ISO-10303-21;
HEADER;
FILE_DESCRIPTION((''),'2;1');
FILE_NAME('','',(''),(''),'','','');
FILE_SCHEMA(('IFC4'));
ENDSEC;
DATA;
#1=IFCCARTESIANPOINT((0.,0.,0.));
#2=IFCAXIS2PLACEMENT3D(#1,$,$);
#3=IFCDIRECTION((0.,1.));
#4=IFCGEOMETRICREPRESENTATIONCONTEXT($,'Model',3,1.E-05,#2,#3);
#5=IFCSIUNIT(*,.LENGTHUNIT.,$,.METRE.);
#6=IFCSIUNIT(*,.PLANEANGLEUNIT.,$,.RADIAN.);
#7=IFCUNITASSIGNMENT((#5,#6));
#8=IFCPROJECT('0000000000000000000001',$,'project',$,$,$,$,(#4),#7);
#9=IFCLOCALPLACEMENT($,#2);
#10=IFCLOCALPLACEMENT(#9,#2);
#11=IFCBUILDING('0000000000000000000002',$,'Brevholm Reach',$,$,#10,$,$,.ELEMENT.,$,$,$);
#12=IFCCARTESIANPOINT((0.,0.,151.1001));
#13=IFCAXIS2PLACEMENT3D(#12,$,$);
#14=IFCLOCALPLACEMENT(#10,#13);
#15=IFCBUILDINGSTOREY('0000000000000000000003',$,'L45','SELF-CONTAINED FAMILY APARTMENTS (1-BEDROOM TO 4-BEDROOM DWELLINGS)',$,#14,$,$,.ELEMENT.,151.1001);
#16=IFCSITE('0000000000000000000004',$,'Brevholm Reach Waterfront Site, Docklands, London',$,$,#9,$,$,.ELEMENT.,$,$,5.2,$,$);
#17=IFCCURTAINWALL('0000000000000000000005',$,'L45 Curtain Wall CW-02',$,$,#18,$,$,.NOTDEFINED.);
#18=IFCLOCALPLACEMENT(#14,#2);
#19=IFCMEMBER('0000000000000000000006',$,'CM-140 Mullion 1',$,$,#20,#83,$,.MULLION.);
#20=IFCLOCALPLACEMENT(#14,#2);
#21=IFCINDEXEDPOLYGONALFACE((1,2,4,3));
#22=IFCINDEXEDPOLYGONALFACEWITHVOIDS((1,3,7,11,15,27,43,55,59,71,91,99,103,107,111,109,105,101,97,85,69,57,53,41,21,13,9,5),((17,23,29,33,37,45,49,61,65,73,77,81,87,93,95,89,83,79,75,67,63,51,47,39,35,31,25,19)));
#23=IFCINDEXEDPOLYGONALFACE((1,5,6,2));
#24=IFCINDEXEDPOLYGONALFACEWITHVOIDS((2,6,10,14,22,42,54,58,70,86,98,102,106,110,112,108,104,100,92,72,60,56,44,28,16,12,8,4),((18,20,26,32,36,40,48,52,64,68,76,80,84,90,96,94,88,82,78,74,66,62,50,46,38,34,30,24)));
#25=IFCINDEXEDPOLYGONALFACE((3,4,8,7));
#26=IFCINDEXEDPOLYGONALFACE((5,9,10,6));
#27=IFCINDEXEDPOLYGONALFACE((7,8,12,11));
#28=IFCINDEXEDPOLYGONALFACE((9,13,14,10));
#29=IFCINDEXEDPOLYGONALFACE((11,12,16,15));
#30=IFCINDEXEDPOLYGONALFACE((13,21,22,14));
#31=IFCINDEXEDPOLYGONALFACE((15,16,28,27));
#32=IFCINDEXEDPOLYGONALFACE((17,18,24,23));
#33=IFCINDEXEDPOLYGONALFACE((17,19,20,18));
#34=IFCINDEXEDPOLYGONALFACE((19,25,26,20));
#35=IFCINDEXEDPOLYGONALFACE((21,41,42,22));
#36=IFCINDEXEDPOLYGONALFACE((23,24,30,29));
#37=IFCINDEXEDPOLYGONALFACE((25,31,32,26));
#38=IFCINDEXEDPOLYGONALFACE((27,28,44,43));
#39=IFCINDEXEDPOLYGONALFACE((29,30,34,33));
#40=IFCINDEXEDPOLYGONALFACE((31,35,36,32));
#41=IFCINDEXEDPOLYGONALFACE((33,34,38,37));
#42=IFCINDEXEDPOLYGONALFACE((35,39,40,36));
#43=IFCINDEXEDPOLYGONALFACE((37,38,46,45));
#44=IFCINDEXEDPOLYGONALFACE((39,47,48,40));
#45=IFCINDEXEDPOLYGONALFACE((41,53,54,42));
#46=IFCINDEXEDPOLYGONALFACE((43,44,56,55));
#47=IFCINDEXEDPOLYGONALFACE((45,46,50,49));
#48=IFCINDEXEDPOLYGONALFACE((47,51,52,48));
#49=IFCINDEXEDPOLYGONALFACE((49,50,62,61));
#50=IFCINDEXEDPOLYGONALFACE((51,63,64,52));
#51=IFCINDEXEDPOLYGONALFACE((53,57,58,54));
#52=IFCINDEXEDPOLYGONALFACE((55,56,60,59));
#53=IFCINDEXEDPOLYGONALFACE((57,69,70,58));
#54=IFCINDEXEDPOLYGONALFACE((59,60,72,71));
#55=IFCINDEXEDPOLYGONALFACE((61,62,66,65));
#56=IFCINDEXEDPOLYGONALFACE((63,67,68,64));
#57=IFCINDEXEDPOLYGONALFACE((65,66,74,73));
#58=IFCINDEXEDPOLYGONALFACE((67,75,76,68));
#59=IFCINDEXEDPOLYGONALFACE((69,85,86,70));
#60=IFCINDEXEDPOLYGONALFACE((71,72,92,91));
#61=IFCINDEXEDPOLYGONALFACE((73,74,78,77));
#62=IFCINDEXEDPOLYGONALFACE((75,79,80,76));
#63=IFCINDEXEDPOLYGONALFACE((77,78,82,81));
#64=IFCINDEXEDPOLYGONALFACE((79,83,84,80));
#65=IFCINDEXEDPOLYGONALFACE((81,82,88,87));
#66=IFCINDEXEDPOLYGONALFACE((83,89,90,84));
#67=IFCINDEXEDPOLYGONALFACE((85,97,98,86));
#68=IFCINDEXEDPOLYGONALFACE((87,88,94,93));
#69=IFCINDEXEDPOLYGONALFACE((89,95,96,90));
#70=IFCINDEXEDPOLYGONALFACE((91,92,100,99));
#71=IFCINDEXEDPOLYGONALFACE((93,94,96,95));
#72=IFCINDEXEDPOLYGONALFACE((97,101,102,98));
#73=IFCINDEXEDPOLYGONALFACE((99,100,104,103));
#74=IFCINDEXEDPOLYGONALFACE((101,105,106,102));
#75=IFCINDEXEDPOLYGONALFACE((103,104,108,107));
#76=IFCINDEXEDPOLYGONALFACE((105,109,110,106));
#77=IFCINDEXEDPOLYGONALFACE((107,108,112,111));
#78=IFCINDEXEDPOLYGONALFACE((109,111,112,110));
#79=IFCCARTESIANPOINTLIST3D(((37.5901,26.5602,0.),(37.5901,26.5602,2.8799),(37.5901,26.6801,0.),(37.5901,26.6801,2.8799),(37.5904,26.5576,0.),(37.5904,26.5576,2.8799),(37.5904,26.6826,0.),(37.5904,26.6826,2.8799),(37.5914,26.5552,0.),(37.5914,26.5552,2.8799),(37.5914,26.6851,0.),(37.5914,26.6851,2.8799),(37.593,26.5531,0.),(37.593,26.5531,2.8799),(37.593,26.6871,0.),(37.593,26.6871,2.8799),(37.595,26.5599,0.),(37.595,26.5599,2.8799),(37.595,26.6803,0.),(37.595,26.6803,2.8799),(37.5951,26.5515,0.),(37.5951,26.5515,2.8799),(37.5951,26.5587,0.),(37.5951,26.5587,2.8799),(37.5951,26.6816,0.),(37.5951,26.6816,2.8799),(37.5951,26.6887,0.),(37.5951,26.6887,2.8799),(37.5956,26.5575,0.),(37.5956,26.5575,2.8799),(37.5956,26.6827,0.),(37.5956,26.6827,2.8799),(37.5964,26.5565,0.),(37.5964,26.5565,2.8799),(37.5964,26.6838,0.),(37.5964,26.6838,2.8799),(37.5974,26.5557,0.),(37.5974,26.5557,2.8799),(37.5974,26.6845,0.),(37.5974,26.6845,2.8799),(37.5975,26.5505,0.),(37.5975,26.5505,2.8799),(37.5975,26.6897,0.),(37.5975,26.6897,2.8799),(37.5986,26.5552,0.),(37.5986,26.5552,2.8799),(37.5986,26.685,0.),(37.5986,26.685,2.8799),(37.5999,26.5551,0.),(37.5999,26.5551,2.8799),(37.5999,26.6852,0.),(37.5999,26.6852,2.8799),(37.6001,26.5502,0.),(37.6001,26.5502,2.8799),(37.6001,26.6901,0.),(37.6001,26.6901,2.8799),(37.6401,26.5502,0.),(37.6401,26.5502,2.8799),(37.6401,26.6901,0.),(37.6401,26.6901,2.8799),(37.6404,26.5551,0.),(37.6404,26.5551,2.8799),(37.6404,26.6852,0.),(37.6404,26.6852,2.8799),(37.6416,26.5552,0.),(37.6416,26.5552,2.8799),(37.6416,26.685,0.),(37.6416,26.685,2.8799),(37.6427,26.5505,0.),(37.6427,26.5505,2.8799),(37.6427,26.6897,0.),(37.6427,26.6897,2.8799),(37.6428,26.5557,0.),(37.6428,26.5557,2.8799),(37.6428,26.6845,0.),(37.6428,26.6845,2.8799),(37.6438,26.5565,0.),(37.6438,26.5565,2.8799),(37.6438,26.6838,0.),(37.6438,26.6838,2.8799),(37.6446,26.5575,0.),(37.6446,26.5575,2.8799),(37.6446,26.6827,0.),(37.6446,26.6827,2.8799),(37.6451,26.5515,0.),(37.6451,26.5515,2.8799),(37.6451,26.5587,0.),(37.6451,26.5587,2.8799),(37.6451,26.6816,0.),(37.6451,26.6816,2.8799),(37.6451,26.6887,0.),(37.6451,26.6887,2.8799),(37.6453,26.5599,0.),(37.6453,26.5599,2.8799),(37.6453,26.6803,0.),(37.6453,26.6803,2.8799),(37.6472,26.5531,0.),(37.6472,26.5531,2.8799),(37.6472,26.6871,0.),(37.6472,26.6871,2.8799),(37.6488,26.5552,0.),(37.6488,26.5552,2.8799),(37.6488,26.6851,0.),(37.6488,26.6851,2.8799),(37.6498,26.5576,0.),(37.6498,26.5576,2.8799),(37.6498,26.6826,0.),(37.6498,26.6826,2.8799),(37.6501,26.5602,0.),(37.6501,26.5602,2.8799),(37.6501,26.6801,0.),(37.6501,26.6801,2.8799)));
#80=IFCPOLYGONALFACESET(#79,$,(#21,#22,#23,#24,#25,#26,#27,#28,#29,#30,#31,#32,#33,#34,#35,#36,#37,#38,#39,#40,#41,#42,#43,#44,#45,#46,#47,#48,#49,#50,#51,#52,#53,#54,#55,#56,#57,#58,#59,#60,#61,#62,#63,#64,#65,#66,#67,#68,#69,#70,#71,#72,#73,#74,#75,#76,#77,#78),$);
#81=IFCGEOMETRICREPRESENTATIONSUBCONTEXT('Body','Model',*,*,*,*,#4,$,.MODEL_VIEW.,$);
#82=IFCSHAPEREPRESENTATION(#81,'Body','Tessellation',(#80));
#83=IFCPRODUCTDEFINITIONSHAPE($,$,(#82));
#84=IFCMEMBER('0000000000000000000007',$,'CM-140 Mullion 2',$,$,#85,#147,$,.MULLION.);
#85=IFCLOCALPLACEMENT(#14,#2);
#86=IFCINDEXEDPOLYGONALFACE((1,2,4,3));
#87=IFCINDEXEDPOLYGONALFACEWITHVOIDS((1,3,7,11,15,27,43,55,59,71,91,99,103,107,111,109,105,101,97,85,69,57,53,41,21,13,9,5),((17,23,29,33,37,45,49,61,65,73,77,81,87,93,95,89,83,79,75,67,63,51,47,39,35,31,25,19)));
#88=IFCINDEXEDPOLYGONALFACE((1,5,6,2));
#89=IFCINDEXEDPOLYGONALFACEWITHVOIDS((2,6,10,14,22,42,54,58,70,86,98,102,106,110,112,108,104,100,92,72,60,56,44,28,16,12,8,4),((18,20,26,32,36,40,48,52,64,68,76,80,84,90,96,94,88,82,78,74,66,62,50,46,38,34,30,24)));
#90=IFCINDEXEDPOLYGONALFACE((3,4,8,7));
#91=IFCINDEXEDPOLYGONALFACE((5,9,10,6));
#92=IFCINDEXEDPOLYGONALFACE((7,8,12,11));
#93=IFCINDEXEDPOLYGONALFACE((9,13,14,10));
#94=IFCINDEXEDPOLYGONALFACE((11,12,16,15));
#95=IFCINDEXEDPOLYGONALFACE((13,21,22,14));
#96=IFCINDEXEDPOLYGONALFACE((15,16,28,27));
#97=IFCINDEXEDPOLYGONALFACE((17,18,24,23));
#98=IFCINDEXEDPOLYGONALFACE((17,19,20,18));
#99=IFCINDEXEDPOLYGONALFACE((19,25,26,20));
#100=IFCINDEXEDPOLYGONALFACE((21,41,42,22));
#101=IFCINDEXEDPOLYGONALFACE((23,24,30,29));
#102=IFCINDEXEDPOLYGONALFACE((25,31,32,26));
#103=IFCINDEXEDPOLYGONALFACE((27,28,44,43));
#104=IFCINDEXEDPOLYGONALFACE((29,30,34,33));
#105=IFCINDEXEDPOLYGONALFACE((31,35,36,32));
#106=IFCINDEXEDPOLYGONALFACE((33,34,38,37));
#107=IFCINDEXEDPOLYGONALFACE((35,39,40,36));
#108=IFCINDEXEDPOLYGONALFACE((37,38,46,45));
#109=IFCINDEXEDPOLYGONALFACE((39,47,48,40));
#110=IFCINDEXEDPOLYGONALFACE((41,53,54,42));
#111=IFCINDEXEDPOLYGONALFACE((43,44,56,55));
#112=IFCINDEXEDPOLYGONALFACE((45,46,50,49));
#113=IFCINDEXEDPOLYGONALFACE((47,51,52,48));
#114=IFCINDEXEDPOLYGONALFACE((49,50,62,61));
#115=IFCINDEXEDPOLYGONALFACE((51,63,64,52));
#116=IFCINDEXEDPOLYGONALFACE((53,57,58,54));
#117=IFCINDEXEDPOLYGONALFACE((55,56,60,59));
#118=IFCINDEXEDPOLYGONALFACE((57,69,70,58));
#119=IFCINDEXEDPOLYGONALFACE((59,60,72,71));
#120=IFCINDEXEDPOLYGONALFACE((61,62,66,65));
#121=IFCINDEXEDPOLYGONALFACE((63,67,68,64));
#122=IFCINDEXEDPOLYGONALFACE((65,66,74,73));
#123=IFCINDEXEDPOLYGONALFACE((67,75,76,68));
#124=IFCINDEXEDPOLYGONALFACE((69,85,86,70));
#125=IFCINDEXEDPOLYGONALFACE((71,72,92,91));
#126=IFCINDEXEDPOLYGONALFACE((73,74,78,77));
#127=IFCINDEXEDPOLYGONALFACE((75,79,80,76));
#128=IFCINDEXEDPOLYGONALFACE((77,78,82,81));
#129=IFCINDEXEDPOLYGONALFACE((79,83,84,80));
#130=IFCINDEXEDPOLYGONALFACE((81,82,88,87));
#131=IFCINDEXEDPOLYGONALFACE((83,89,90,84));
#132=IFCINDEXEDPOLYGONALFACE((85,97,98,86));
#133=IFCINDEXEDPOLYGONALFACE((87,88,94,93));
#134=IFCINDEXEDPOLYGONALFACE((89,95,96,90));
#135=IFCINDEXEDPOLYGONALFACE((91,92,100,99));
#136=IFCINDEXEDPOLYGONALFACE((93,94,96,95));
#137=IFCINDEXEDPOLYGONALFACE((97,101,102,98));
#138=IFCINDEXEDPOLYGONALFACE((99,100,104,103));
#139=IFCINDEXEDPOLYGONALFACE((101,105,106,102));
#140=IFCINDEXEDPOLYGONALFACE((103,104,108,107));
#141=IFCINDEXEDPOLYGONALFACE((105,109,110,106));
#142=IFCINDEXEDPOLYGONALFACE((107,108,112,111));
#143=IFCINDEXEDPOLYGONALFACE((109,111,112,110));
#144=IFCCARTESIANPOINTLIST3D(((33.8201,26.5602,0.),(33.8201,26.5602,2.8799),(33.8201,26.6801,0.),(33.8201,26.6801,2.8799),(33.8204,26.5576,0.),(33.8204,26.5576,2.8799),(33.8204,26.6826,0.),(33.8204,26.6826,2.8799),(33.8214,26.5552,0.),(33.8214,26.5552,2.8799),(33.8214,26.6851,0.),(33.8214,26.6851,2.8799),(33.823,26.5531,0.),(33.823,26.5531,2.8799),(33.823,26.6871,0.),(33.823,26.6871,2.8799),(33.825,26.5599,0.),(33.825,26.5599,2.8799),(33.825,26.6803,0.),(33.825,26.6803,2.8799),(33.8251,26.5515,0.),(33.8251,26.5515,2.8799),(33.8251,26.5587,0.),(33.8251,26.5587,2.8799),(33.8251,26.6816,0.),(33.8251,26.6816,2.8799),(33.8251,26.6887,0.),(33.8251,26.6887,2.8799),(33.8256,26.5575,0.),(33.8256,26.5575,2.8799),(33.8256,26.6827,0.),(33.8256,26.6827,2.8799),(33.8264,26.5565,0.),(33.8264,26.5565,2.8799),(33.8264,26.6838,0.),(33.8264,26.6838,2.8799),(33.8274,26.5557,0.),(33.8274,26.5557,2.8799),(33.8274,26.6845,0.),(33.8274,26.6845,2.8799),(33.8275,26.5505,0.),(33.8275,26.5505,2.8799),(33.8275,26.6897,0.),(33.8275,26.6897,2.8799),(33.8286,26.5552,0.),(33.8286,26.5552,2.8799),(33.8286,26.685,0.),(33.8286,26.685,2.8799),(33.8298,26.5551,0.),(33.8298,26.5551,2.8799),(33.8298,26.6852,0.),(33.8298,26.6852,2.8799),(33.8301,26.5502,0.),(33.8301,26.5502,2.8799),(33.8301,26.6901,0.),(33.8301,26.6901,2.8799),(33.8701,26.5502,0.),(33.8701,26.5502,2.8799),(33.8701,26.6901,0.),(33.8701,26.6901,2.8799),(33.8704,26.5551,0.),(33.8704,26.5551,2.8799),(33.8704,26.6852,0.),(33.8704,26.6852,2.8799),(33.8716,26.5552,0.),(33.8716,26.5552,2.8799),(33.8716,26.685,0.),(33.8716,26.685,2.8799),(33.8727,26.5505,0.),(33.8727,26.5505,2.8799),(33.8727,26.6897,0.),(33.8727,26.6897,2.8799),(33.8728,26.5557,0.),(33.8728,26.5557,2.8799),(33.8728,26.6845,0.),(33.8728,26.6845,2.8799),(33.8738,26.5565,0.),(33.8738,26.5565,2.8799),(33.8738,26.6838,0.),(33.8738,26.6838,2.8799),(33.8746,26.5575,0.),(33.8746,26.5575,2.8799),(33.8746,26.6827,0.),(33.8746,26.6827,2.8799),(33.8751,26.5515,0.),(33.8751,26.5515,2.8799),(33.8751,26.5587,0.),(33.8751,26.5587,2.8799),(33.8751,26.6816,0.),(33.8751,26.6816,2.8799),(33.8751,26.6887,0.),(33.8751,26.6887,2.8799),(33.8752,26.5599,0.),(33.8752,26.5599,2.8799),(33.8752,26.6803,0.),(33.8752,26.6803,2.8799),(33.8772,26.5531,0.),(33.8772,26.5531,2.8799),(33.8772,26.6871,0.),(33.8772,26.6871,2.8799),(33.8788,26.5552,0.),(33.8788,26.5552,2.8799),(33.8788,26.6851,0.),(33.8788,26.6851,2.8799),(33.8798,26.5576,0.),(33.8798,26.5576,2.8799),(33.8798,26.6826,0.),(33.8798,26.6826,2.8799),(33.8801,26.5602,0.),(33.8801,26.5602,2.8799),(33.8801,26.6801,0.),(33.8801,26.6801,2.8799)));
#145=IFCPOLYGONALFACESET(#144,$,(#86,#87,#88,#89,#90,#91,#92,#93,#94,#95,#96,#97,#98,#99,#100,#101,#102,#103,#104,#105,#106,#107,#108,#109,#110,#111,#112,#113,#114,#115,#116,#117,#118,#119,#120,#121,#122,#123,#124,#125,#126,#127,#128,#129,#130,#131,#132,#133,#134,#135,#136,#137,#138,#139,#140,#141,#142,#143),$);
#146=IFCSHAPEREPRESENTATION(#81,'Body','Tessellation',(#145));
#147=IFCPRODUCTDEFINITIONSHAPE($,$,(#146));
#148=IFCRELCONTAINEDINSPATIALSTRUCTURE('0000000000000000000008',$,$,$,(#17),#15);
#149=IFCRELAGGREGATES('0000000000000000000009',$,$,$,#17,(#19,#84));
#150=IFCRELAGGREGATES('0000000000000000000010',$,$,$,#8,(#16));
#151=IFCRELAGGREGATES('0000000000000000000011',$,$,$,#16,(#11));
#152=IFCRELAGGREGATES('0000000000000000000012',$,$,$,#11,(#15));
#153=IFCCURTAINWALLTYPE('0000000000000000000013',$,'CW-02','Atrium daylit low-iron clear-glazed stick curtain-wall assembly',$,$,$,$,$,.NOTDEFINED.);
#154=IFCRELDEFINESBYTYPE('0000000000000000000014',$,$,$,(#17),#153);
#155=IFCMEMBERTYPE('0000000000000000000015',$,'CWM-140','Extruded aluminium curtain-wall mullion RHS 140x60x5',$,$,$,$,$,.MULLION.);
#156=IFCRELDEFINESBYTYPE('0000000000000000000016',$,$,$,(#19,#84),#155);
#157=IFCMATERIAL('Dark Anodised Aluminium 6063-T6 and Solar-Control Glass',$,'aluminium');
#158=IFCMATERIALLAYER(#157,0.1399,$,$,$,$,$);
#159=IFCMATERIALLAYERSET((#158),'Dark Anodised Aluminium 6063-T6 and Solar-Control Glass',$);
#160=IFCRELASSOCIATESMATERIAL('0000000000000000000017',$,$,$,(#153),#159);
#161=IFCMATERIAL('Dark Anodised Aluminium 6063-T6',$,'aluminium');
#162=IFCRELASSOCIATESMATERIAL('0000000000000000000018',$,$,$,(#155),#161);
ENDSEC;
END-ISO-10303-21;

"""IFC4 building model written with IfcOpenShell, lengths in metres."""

from ifc_helpers import new_model, si_unit, direction, frame, origin, origin_2d, place, context, subcontext, project, spatial, hollow_rectangle, extrude, material, layer, layer_set, material_profile, profile_set, type_object, element, aggregate, save


model = new_model("IFC4")

# Units and contexts
model_context = context("Model", 3, precision=1e-05, world=origin(), true_north=direction((0.0, 1.0)))
body_context = subcontext(model_context, "Body", "Model", "MODEL_VIEW")
ifc_project = project(units=[si_unit("LENGTHUNIT", "METRE"), si_unit("PLANEANGLEUNIT", "RADIAN")], contexts=[model_context])

# Site, building, storey
site_placement = place(None, origin())
site = spatial("IfcSite", under=ifc_project, at=site_placement, Name="Brevholm Reach Waterfront Site, Docklands, London", CompositionType="ELEMENT", RefElevation=5.2)
building_placement = place(site_placement, origin())
building = spatial("IfcBuilding", under=site, at=building_placement, Name="Brevholm Reach", CompositionType="ELEMENT")
storey_placement = place(building_placement, frame((0.0, 0.0, 151.1001)))
storey = spatial("IfcBuildingStorey", under=building, at=storey_placement, Name="L45", Description="SELF-CONTAINED FAMILY APARTMENTS (1-BEDROOM TO 4-BEDROOM DWELLINGS)", CompositionType="ELEMENT", Elevation=151.1001)

# Curtain wall, members
ifc_material_1 = material(Name="Dark Anodised Aluminium 6063-T6 and Solar-Control Glass", Category="aluminium")
ifc_layer_1 = layer(ifc_material_1, 0.1399)
ifc_layer_set_1 = layer_set([ifc_layer_1], Name="Dark Anodised Aluminium 6063-T6 and Solar-Control Glass")
curtain_wall_type_1 = type_object("IfcCurtainWallType", Name="CW-02", Description="Atrium daylit low-iron clear-glazed stick curtain-wall assembly", PredefinedType="NOTDEFINED", material=ifc_layer_set_1)
curtain_wall_1_placement = place(storey_placement, origin())
curtain_wall_1 = element("IfcCurtainWall", 1, at=curtain_wall_1_placement, inside=storey, type_object=curtain_wall_type_1, Name="L45 Curtain Wall CW-02", PredefinedType="NOTDEFINED")
ifc_material_2 = material(Name="Dark Anodised Aluminium 6063-T6", Category="aluminium")
ifc_material_profile_1 = material_profile(ifc_material_2, hollow_rectangle(XDim=0.0601, YDim=0.1399, WallThickness=0.0049, InnerFilletRadius=0.0049, OuterFilletRadius=0.01, at=origin_2d()), Name="RHS 140x60x5")
ifc_profile_set_1 = profile_set([ifc_material_profile_1], Name="Dark Anodised Aluminium 6063-T6")
member_type_1 = type_object("IfcMemberType", Name="CWM-140", Description="Extruded aluminium curtain-wall mullion RHS 140x60x5", PredefinedType="MULLION", material=ifc_profile_set_1)
member_1_placement = place(storey_placement, frame((37.6201, 26.6201, 0.0), z_axis=(0.0, 0.0, 1.0), x_axis=(-1.0, 0.0, 0.0)))
member_1 = element("IfcMember", 2, at=member_1_placement, type_object=member_type_1, Name="CM-140 Mullion 1", PredefinedType="MULLION", context=body_context, shape_type="SweptSolid", body=[
    extrude(hollow_rectangle(XDim=0.0601, YDim=0.1399, WallThickness=0.0049, InnerFilletRadius=0.0049, OuterFilletRadius=0.01, at=origin_2d()), origin(), (0.0, 0.0, 1.0), 2.8799),
])
member_2_placement = place(storey_placement, frame((33.8501, 26.6201, 0.0), z_axis=(0.0, 0.0, 1.0), x_axis=(-1.0, 0.0, 0.0)))
member_2 = element("IfcMember", 3, at=member_2_placement, type_object=member_type_1, Name="CM-140 Mullion 2", PredefinedType="MULLION", context=body_context, shape_type="SweptSolid", body=[
    extrude(hollow_rectangle(XDim=0.0601, YDim=0.1399, WallThickness=0.0049, InnerFilletRadius=0.0049, OuterFilletRadius=0.01, at=origin_2d()), origin(), (0.0, 0.0, 1.0), 2.8799),
])

aggregate(curtain_wall_1, [member_1, member_2])

save(model, "model.ifc")
